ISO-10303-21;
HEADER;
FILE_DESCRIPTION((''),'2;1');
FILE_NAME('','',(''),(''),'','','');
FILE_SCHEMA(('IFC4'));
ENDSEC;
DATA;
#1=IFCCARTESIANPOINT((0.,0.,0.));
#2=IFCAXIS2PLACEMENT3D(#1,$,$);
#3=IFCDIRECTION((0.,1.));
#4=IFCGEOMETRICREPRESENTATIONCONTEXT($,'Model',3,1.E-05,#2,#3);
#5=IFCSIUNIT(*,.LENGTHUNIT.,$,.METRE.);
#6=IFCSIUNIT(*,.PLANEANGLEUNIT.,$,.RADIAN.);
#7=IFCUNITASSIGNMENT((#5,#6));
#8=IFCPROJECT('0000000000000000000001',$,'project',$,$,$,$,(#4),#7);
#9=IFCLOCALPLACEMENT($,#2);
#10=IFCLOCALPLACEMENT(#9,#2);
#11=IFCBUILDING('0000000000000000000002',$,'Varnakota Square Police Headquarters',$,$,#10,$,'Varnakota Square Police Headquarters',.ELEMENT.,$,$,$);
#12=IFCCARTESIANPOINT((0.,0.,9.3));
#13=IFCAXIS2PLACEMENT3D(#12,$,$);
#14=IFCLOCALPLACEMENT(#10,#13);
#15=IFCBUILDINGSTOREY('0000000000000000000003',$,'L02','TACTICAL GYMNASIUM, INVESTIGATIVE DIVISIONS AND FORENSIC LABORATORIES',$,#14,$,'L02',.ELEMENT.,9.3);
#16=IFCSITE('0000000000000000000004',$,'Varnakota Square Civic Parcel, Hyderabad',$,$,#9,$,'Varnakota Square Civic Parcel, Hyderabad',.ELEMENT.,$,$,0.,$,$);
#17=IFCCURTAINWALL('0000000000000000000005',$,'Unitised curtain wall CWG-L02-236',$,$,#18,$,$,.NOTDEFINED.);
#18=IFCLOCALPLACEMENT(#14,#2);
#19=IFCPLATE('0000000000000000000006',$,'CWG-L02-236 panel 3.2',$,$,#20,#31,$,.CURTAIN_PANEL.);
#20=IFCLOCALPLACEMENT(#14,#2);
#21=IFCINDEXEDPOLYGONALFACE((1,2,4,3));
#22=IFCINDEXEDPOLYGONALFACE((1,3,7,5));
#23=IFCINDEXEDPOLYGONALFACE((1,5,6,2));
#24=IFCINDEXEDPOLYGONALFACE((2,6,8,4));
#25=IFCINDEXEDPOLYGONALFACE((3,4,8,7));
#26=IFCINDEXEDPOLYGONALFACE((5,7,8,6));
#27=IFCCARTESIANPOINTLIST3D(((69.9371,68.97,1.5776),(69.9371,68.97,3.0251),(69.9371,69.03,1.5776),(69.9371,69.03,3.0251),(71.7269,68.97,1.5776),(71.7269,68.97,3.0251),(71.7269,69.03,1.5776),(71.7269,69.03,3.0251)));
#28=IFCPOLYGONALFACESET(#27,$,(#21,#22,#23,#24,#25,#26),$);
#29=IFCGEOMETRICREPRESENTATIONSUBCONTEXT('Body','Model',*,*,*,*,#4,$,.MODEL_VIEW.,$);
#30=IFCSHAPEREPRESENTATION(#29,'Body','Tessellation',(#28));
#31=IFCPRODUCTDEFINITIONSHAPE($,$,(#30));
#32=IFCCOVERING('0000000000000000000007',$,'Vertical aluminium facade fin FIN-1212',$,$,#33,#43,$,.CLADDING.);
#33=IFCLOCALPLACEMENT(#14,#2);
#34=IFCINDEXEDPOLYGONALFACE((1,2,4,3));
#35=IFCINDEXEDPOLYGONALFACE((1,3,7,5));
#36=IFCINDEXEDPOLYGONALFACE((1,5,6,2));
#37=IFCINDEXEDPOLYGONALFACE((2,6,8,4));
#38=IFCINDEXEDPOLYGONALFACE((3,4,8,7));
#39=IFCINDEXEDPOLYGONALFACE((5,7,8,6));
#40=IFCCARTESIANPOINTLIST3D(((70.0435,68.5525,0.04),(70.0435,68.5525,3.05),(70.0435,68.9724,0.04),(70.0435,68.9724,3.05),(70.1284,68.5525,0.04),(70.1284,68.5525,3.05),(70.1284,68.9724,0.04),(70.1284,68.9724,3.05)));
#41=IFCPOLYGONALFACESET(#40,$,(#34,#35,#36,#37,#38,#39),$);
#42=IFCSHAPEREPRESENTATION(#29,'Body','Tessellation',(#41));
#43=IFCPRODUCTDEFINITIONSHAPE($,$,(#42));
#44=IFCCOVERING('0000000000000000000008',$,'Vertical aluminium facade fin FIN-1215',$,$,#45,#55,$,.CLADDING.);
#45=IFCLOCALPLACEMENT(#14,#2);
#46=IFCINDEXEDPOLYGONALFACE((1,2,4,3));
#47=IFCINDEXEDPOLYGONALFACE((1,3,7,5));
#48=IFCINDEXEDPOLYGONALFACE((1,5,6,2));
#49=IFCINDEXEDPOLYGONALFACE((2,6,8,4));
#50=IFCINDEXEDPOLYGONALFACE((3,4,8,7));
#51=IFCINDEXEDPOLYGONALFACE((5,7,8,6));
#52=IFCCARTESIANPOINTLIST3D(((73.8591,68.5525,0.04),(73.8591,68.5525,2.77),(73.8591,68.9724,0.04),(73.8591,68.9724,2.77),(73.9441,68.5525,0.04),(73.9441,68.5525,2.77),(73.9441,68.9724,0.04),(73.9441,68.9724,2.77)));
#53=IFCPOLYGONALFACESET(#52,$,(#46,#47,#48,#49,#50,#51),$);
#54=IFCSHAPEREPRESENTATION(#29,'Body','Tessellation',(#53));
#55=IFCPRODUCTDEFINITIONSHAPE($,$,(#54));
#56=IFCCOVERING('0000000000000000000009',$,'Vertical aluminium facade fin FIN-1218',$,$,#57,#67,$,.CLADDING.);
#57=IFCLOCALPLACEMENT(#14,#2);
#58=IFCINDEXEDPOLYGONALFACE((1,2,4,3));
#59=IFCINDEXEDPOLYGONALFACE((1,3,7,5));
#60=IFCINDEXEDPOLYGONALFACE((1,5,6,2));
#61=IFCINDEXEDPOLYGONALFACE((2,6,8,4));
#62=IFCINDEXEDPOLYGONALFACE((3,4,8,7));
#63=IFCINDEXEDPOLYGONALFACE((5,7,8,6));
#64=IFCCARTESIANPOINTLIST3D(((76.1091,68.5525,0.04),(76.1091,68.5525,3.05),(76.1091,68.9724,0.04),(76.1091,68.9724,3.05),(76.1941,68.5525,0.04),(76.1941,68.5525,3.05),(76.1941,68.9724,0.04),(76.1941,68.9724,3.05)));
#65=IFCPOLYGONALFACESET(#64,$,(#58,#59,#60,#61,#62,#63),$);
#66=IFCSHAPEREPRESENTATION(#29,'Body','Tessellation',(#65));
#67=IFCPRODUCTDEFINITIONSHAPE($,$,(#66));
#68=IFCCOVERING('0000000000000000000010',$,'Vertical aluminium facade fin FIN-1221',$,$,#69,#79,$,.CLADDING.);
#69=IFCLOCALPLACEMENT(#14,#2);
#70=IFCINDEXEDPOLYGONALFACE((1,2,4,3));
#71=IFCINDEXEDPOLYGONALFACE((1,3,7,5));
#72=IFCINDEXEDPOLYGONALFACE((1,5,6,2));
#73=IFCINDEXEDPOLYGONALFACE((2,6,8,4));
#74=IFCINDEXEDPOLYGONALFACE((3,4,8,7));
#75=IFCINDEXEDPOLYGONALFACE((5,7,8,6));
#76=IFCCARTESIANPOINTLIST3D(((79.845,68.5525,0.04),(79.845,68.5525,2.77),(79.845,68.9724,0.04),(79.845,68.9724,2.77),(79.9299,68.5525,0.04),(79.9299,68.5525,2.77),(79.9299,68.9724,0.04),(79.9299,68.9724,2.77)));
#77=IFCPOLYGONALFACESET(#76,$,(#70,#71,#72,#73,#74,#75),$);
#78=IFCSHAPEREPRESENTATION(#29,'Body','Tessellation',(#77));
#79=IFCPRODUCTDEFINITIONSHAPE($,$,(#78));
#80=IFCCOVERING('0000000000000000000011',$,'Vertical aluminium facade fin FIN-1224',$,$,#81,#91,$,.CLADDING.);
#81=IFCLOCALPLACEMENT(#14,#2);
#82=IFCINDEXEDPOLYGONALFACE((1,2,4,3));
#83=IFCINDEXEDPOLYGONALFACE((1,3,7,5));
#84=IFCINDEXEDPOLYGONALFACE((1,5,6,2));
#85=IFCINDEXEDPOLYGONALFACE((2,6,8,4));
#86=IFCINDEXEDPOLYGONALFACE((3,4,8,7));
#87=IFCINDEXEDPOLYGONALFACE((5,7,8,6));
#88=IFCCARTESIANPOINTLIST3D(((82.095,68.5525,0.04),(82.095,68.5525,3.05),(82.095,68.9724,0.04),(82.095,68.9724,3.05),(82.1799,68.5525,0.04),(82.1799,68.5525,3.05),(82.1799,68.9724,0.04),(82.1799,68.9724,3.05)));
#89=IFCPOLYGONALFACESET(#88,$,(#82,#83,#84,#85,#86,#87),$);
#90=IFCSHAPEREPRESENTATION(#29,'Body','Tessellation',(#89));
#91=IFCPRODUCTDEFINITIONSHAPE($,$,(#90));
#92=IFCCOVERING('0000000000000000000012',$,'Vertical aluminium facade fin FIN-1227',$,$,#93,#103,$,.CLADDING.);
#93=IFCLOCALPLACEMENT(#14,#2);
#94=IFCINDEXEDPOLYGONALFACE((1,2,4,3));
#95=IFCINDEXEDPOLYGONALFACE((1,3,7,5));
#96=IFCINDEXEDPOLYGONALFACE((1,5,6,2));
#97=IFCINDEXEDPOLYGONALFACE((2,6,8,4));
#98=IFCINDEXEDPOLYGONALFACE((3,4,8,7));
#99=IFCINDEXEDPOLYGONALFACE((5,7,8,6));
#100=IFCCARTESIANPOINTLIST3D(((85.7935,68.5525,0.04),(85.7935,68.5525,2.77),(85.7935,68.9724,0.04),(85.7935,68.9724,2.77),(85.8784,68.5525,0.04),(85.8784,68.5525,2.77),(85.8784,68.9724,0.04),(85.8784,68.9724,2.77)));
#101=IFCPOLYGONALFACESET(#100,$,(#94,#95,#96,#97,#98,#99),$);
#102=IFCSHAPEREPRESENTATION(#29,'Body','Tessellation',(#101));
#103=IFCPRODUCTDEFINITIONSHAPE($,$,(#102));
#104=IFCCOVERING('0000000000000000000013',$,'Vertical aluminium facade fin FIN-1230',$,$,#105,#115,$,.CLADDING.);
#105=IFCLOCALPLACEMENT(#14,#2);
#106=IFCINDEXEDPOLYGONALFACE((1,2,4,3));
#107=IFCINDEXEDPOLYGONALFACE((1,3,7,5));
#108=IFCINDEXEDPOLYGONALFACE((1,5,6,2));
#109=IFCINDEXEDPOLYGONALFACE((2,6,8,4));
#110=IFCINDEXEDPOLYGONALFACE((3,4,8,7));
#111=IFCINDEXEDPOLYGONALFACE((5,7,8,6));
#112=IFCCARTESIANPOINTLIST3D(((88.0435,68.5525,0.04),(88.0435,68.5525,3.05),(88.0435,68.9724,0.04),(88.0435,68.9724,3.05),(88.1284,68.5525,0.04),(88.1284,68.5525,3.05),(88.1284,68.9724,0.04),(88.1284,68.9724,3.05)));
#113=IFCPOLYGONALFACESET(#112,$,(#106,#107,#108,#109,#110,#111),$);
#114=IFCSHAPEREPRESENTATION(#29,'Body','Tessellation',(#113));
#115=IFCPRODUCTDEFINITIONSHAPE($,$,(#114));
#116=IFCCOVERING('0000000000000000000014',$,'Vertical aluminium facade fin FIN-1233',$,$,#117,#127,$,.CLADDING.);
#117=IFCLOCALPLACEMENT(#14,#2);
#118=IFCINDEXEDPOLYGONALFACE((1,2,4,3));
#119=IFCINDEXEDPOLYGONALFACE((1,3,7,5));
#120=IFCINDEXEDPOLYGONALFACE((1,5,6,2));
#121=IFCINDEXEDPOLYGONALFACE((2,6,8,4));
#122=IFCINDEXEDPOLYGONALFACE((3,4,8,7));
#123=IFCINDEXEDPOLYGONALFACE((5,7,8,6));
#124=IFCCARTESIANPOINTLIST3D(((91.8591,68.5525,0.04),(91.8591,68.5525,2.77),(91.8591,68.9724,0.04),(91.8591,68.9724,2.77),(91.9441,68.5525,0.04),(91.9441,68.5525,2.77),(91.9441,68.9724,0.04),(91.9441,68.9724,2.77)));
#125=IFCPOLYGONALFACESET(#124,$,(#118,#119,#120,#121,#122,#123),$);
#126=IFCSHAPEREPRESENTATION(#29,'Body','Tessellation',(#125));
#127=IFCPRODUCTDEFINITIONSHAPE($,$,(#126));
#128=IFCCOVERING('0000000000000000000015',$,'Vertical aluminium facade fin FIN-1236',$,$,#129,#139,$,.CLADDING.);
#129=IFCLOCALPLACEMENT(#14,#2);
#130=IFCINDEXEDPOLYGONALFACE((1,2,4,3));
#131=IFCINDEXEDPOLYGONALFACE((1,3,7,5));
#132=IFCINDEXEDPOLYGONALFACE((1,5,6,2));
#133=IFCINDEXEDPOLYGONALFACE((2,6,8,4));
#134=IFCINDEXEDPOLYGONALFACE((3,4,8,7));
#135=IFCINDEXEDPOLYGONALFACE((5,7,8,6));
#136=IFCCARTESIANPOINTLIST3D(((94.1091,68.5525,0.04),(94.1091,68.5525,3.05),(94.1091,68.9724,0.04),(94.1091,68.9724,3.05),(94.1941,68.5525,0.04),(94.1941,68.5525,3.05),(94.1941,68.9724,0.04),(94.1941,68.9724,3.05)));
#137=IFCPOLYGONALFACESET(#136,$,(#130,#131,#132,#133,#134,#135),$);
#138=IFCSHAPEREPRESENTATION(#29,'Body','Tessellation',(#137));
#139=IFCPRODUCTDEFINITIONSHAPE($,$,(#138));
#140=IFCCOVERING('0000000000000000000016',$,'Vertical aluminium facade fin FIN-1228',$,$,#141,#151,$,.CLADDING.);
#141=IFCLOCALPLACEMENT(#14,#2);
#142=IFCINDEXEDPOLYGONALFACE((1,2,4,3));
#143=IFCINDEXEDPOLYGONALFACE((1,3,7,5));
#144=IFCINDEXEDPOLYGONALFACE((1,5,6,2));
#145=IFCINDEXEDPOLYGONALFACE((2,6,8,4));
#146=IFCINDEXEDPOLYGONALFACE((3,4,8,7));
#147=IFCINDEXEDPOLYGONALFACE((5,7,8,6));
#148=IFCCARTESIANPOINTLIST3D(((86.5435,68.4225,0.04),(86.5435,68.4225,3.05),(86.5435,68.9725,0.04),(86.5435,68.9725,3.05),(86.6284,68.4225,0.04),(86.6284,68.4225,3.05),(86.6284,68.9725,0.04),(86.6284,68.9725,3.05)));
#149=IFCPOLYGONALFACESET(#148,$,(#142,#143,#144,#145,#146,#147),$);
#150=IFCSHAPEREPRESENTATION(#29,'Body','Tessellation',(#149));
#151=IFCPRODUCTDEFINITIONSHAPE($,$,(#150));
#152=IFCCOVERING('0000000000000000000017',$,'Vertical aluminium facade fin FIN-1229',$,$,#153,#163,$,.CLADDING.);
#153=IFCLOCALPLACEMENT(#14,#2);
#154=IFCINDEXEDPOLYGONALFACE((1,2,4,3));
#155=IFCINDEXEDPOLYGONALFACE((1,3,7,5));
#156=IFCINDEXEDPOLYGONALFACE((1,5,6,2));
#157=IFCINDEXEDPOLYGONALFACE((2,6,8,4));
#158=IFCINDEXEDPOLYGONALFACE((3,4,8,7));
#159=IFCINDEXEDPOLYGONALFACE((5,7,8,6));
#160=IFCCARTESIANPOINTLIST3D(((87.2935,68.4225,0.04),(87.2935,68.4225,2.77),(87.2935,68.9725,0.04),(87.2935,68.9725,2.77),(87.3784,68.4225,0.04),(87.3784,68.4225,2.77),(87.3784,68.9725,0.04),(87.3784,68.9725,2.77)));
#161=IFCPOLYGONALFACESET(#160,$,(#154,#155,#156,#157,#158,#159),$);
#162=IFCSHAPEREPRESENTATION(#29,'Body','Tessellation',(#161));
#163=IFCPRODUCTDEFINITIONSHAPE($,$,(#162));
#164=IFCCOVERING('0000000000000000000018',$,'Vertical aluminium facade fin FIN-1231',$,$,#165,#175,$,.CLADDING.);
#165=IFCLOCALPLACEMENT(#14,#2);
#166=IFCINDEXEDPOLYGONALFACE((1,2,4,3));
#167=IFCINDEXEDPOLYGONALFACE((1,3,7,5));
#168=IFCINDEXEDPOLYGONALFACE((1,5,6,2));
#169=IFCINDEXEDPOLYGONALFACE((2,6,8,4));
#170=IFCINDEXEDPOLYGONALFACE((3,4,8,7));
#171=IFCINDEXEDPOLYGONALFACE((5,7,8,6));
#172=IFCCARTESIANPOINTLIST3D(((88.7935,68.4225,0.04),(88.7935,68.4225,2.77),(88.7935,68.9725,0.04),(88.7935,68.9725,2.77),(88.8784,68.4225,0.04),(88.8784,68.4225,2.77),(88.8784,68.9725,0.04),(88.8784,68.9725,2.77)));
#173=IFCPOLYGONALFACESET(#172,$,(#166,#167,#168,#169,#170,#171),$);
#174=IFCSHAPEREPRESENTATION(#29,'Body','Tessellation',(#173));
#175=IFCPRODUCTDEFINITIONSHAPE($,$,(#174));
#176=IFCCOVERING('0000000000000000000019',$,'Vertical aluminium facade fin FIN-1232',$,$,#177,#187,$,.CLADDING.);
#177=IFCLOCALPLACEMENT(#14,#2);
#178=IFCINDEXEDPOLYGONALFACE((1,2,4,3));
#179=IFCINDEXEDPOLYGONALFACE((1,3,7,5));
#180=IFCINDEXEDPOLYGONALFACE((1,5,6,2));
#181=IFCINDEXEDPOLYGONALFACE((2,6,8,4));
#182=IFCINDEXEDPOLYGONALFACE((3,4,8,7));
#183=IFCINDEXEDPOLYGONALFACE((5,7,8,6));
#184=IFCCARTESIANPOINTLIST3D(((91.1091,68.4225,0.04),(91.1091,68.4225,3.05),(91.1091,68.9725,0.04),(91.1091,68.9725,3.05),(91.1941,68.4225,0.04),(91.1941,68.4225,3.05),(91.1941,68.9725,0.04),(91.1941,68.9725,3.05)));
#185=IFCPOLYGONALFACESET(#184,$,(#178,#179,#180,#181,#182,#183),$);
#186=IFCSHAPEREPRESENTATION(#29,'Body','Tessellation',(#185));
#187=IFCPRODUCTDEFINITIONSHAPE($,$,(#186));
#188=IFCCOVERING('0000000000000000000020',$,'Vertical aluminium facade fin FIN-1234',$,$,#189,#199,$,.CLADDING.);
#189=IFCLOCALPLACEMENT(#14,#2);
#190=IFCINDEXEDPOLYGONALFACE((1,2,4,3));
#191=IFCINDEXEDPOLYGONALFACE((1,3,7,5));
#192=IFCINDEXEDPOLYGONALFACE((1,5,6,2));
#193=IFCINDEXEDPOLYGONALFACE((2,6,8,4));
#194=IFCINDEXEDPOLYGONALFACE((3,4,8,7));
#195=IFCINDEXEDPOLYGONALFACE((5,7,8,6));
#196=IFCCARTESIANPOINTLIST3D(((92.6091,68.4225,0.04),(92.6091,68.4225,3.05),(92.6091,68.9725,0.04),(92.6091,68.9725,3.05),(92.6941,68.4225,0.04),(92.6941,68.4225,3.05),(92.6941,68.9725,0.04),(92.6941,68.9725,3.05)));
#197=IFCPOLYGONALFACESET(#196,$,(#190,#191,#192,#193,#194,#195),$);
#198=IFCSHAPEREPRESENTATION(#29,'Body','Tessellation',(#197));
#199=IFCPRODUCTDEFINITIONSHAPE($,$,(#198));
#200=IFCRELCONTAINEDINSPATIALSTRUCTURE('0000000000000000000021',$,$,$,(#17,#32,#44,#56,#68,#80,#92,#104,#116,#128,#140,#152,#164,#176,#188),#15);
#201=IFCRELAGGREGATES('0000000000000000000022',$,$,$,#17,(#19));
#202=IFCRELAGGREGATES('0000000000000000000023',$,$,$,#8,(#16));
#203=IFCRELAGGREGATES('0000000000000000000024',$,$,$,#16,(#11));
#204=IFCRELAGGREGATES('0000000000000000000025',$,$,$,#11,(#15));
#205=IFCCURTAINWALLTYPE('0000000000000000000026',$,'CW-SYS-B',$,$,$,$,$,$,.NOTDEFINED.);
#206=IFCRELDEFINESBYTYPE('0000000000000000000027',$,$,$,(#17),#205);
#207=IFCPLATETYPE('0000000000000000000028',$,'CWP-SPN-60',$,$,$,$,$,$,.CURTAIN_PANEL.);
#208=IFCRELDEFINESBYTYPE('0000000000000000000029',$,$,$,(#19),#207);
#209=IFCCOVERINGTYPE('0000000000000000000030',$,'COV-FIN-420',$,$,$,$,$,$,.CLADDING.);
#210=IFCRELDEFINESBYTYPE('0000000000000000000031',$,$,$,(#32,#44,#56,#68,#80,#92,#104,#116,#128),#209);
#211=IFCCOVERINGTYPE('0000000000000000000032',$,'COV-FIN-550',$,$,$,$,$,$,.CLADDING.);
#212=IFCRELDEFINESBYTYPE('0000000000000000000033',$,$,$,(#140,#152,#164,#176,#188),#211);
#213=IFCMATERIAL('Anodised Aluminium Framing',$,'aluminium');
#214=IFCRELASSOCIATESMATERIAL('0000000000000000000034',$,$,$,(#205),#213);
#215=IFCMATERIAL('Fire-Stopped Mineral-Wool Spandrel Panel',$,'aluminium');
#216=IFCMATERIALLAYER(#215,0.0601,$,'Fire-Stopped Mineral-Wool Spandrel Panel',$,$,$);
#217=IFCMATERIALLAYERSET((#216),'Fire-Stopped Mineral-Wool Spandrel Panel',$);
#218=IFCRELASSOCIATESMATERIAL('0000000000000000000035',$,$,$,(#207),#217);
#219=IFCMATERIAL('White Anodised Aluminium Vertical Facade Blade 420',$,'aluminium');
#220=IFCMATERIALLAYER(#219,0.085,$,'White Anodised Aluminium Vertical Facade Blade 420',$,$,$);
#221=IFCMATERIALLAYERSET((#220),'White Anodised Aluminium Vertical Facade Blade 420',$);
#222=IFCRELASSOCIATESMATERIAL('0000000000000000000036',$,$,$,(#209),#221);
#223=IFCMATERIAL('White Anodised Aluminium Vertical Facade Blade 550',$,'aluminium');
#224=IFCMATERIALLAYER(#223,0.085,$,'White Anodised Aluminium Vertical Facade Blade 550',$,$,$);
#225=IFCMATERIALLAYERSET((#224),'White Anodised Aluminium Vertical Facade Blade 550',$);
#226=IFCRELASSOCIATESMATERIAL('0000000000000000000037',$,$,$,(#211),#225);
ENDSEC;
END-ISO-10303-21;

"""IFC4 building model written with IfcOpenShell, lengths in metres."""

from ifc_helpers import new_model, si_unit, direction, frame, origin, origin_2d, place, context, subcontext, project, spatial, rectangle, extrude, material, layer, layer_set, type_object, element, aggregate, save


model = new_model("IFC4")

# Units and contexts
model_context = context("Model", 3, precision=1e-05, world=origin(), true_north=direction((0.0, 1.0)))
body_context = subcontext(model_context, "Body", "Model", "MODEL_VIEW")
ifc_project = project(units=[si_unit("LENGTHUNIT", "METRE"), si_unit("PLANEANGLEUNIT", "RADIAN")], contexts=[model_context])

# Site, building, storey
site_placement = place(None, origin())
site = spatial("IfcSite", under=ifc_project, at=site_placement, Name="Varnakota Square Civic Parcel, Hyderabad", LongName="Varnakota Square Civic Parcel, Hyderabad", CompositionType="ELEMENT", RefElevation=0.0)
building_placement = place(site_placement, origin())
building = spatial("IfcBuilding", under=site, at=building_placement, Name="Varnakota Square Police Headquarters", LongName="Varnakota Square Police Headquarters", CompositionType="ELEMENT")
storey_placement = place(building_placement, frame((0.0, 0.0, 9.3)))
storey = spatial("IfcBuildingStorey", under=building, at=storey_placement, Name="L02", Description="TACTICAL GYMNASIUM, INVESTIGATIVE DIVISIONS AND FORENSIC LABORATORIES", LongName="L02", CompositionType="ELEMENT", Elevation=9.3)

# Curtain wall
ifc_material_1 = material(Name="Anodised Aluminium Framing", Category="aluminium")
curtain_wall_type = type_object("IfcCurtainWallType", Name="CW-SYS-B", PredefinedType="NOTDEFINED", material=ifc_material_1)
curtain_wall_1_placement = place(storey_placement, origin())
curtain_wall_1 = element("IfcCurtainWall", 1, at=curtain_wall_1_placement, inside=storey, type_object=curtain_wall_type, Name="Unitised curtain wall CWG-L02-236", PredefinedType="NOTDEFINED")

# Plate
ifc_material_2 = material(Name="Fire-Stopped Mineral-Wool Spandrel Panel", Category="aluminium")
ifc_layer_1 = layer(ifc_material_2, 0.0601, Name="Fire-Stopped Mineral-Wool Spandrel Panel")
ifc_layer_set_1 = layer_set([ifc_layer_1], Name="Fire-Stopped Mineral-Wool Spandrel Panel")
plate_type_1 = type_object("IfcPlateType", Name="CWP-SPN-60", PredefinedType="CURTAIN_PANEL", material=ifc_layer_set_1)
plate_1_placement = place(storey_placement, frame((70.832, 69.0, 1.5776), z_axis=(0.0, 0.0, 1.0), x_axis=(1.0, 0.0, 0.0)))
plate_1 = element("IfcPlate", 2, at=plate_1_placement, type_object=plate_type_1, Name="CWG-L02-236 panel 3.2", PredefinedType="CURTAIN_PANEL", context=body_context, shape_type="SweptSolid", body=[
    extrude(rectangle(XDim=1.7898, YDim=0.0601, at=origin_2d()), origin(), (0.0, 0.0, 1.0), 1.4475),
])
aggregate(curtain_wall_1, [plate_1])

# Coverings
ifc_material_3 = material(Name="White Anodised Aluminium Vertical Facade Blade 420", Category="aluminium")
ifc_layer_2 = layer(ifc_material_3, 0.085, Name="White Anodised Aluminium Vertical Facade Blade 420")
ifc_layer_set_2 = layer_set([ifc_layer_2], Name="White Anodised Aluminium Vertical Facade Blade 420")
covering_type_1 = type_object("IfcCoveringType", Name="COV-FIN-420", PredefinedType="CLADDING", material=ifc_layer_set_2)
covering_1_placement = place(storey_placement, frame((70.0859, 68.7625, 0.04), z_axis=(0.0, 0.0, 1.0), x_axis=(1.0, 0.0, 0.0)))
element("IfcCovering", 3, at=covering_1_placement, inside=storey, type_object=covering_type_1, Name="Vertical aluminium facade fin FIN-1212", PredefinedType="CLADDING", context=body_context, shape_type="SweptSolid", body=[
    extrude(rectangle(XDim=0.085, YDim=0.4199, at=origin_2d()), origin(), (0.0, 0.0, 1.0), 3.01),
])
covering_2_placement = place(storey_placement, frame((73.9016, 68.7625, 0.04), z_axis=(0.0, 0.0, 1.0), x_axis=(1.0, 0.0, 0.0)))
element("IfcCovering", 4, at=covering_2_placement, inside=storey, type_object=covering_type_1, Name="Vertical aluminium facade fin FIN-1215", PredefinedType="CLADDING", context=body_context, shape_type="SweptSolid", body=[
    extrude(rectangle(XDim=0.085, YDim=0.4199, at=origin_2d()), origin(), (0.0, 0.0, 1.0), 2.73),
])
covering_3_placement = place(storey_placement, frame((76.1516, 68.7625, 0.04), z_axis=(0.0, 0.0, 1.0), x_axis=(1.0, 0.0, 0.0)))
element("IfcCovering", 5, at=covering_3_placement, inside=storey, type_object=covering_type_1, Name="Vertical aluminium facade fin FIN-1218", PredefinedType="CLADDING", context=body_context, shape_type="SweptSolid", body=[
    extrude(rectangle(XDim=0.085, YDim=0.4199, at=origin_2d()), origin(), (0.0, 0.0, 1.0), 3.01),
])
covering_4_placement = place(storey_placement, frame((79.8875, 68.7625, 0.04), z_axis=(0.0, 0.0, 1.0), x_axis=(1.0, 0.0, 0.0)))
element("IfcCovering", 6, at=covering_4_placement, inside=storey, type_object=covering_type_1, Name="Vertical aluminium facade fin FIN-1221", PredefinedType="CLADDING", context=body_context, shape_type="SweptSolid", body=[
    extrude(rectangle(XDim=0.085, YDim=0.4199, at=origin_2d()), origin(), (0.0, 0.0, 1.0), 2.73),
])
covering_5_placement = place(storey_placement, frame((82.1375, 68.7625, 0.04), z_axis=(0.0, 0.0, 1.0), x_axis=(1.0, 0.0, 0.0)))
element("IfcCovering", 7, at=covering_5_placement, inside=storey, type_object=covering_type_1, Name="Vertical aluminium facade fin FIN-1224", PredefinedType="CLADDING", context=body_context, shape_type="SweptSolid", body=[
    extrude(rectangle(XDim=0.085, YDim=0.4199, at=origin_2d()), origin(), (0.0, 0.0, 1.0), 3.01),
])
covering_6_placement = place(storey_placement, frame((85.8359, 68.7625, 0.04), z_axis=(0.0, 0.0, 1.0), x_axis=(1.0, 0.0, 0.0)))
element("IfcCovering", 8, at=covering_6_placement, inside=storey, type_object=covering_type_1, Name="Vertical aluminium facade fin FIN-1227", PredefinedType="CLADDING", context=body_context, shape_type="SweptSolid", body=[
    extrude(rectangle(XDim=0.085, YDim=0.4199, at=origin_2d()), origin(), (0.0, 0.0, 1.0), 2.73),
])
covering_7_placement = place(storey_placement, frame((88.0859, 68.7625, 0.04), z_axis=(0.0, 0.0, 1.0), x_axis=(1.0, 0.0, 0.0)))
element("IfcCovering", 9, at=covering_7_placement, inside=storey, type_object=covering_type_1, Name="Vertical aluminium facade fin FIN-1230", PredefinedType="CLADDING", context=body_context, shape_type="SweptSolid", body=[
    extrude(rectangle(XDim=0.085, YDim=0.4199, at=origin_2d()), origin(), (0.0, 0.0, 1.0), 3.01),
])
covering_8_placement = place(storey_placement, frame((91.9016, 68.7625, 0.04), z_axis=(0.0, 0.0, 1.0), x_axis=(1.0, 0.0, 0.0)))
element("IfcCovering", 10, at=covering_8_placement, inside=storey, type_object=covering_type_1, Name="Vertical aluminium facade fin FIN-1233", PredefinedType="CLADDING", context=body_context, shape_type="SweptSolid", body=[
    extrude(rectangle(XDim=0.085, YDim=0.4199, at=origin_2d()), origin(), (0.0, 0.0, 1.0), 2.73),
])
covering_9_placement = place(storey_placement, frame((94.1516, 68.7625, 0.04), z_axis=(0.0, 0.0, 1.0), x_axis=(1.0, 0.0, 0.0)))
element("IfcCovering", 11, at=covering_9_placement, inside=storey, type_object=covering_type_1, Name="Vertical aluminium facade fin FIN-1236", PredefinedType="CLADDING", context=body_context, shape_type="SweptSolid", body=[
    extrude(rectangle(XDim=0.085, YDim=0.4199, at=origin_2d()), origin(), (0.0, 0.0, 1.0), 3.01),
])
ifc_material_4 = material(Name="White Anodised Aluminium Vertical Facade Blade 550", Category="aluminium")
ifc_layer_3 = layer(ifc_material_4, 0.085, Name="White Anodised Aluminium Vertical Facade Blade 550")
ifc_layer_set_3 = layer_set([ifc_layer_3], Name="White Anodised Aluminium Vertical Facade Blade 550")
covering_type_2 = type_object("IfcCoveringType", Name="COV-FIN-550", PredefinedType="CLADDING", material=ifc_layer_set_3)
covering_10_placement = place(storey_placement, frame((86.5859, 68.6975, 0.04), z_axis=(0.0, 0.0, 1.0), x_axis=(1.0, 0.0, 0.0)))
element("IfcCovering", 12, at=covering_10_placement, inside=storey, type_object=covering_type_2, Name="Vertical aluminium facade fin FIN-1228", PredefinedType="CLADDING", context=body_context, shape_type="SweptSolid", body=[
    extrude(rectangle(XDim=0.085, YDim=0.55, at=origin_2d()), origin(), (0.0, 0.0, 1.0), 3.01),
])
for number, where, z_axis, x_axis, name in (
    (13, (87.3359, 68.6975, 0.04), (0.0, 0.0, 1.0), (1.0, 0.0, 0.0), "Vertical aluminium facade fin FIN-1229"),
    (14, (88.8359, 68.6975, 0.04), (0.0, 0.0, 1.0), (1.0, 0.0, 0.0), "Vertical aluminium facade fin FIN-1231"),
):
    element("IfcCovering", number, at=place(storey_placement, frame(where, z_axis=z_axis, x_axis=x_axis)), inside=storey, type_object=covering_type_2, Name=name, PredefinedType="CLADDING", context=body_context, shape_type="SweptSolid", body=[
        extrude(rectangle(XDim=0.085, YDim=0.55, at=origin_2d()), origin(), (0.0, 0.0, 1.0), 2.73),
    ])
for number, where, z_axis, x_axis, name in (
    (15, (91.1516, 68.6975, 0.04), (0.0, 0.0, 1.0), (1.0, 0.0, 0.0), "Vertical aluminium facade fin FIN-1232"),
    (16, (92.6516, 68.6975, 0.04), (0.0, 0.0, 1.0), (1.0, 0.0, 0.0), "Vertical aluminium facade fin FIN-1234"),
):
    element("IfcCovering", number, at=place(storey_placement, frame(where, z_axis=z_axis, x_axis=x_axis)), inside=storey, type_object=covering_type_2, Name=name, PredefinedType="CLADDING", context=body_context, shape_type="SweptSolid", body=[
        extrude(rectangle(XDim=0.085, YDim=0.55, at=origin_2d()), origin(), (0.0, 0.0, 1.0), 3.01),
    ])

save(model, "model.ifc")
